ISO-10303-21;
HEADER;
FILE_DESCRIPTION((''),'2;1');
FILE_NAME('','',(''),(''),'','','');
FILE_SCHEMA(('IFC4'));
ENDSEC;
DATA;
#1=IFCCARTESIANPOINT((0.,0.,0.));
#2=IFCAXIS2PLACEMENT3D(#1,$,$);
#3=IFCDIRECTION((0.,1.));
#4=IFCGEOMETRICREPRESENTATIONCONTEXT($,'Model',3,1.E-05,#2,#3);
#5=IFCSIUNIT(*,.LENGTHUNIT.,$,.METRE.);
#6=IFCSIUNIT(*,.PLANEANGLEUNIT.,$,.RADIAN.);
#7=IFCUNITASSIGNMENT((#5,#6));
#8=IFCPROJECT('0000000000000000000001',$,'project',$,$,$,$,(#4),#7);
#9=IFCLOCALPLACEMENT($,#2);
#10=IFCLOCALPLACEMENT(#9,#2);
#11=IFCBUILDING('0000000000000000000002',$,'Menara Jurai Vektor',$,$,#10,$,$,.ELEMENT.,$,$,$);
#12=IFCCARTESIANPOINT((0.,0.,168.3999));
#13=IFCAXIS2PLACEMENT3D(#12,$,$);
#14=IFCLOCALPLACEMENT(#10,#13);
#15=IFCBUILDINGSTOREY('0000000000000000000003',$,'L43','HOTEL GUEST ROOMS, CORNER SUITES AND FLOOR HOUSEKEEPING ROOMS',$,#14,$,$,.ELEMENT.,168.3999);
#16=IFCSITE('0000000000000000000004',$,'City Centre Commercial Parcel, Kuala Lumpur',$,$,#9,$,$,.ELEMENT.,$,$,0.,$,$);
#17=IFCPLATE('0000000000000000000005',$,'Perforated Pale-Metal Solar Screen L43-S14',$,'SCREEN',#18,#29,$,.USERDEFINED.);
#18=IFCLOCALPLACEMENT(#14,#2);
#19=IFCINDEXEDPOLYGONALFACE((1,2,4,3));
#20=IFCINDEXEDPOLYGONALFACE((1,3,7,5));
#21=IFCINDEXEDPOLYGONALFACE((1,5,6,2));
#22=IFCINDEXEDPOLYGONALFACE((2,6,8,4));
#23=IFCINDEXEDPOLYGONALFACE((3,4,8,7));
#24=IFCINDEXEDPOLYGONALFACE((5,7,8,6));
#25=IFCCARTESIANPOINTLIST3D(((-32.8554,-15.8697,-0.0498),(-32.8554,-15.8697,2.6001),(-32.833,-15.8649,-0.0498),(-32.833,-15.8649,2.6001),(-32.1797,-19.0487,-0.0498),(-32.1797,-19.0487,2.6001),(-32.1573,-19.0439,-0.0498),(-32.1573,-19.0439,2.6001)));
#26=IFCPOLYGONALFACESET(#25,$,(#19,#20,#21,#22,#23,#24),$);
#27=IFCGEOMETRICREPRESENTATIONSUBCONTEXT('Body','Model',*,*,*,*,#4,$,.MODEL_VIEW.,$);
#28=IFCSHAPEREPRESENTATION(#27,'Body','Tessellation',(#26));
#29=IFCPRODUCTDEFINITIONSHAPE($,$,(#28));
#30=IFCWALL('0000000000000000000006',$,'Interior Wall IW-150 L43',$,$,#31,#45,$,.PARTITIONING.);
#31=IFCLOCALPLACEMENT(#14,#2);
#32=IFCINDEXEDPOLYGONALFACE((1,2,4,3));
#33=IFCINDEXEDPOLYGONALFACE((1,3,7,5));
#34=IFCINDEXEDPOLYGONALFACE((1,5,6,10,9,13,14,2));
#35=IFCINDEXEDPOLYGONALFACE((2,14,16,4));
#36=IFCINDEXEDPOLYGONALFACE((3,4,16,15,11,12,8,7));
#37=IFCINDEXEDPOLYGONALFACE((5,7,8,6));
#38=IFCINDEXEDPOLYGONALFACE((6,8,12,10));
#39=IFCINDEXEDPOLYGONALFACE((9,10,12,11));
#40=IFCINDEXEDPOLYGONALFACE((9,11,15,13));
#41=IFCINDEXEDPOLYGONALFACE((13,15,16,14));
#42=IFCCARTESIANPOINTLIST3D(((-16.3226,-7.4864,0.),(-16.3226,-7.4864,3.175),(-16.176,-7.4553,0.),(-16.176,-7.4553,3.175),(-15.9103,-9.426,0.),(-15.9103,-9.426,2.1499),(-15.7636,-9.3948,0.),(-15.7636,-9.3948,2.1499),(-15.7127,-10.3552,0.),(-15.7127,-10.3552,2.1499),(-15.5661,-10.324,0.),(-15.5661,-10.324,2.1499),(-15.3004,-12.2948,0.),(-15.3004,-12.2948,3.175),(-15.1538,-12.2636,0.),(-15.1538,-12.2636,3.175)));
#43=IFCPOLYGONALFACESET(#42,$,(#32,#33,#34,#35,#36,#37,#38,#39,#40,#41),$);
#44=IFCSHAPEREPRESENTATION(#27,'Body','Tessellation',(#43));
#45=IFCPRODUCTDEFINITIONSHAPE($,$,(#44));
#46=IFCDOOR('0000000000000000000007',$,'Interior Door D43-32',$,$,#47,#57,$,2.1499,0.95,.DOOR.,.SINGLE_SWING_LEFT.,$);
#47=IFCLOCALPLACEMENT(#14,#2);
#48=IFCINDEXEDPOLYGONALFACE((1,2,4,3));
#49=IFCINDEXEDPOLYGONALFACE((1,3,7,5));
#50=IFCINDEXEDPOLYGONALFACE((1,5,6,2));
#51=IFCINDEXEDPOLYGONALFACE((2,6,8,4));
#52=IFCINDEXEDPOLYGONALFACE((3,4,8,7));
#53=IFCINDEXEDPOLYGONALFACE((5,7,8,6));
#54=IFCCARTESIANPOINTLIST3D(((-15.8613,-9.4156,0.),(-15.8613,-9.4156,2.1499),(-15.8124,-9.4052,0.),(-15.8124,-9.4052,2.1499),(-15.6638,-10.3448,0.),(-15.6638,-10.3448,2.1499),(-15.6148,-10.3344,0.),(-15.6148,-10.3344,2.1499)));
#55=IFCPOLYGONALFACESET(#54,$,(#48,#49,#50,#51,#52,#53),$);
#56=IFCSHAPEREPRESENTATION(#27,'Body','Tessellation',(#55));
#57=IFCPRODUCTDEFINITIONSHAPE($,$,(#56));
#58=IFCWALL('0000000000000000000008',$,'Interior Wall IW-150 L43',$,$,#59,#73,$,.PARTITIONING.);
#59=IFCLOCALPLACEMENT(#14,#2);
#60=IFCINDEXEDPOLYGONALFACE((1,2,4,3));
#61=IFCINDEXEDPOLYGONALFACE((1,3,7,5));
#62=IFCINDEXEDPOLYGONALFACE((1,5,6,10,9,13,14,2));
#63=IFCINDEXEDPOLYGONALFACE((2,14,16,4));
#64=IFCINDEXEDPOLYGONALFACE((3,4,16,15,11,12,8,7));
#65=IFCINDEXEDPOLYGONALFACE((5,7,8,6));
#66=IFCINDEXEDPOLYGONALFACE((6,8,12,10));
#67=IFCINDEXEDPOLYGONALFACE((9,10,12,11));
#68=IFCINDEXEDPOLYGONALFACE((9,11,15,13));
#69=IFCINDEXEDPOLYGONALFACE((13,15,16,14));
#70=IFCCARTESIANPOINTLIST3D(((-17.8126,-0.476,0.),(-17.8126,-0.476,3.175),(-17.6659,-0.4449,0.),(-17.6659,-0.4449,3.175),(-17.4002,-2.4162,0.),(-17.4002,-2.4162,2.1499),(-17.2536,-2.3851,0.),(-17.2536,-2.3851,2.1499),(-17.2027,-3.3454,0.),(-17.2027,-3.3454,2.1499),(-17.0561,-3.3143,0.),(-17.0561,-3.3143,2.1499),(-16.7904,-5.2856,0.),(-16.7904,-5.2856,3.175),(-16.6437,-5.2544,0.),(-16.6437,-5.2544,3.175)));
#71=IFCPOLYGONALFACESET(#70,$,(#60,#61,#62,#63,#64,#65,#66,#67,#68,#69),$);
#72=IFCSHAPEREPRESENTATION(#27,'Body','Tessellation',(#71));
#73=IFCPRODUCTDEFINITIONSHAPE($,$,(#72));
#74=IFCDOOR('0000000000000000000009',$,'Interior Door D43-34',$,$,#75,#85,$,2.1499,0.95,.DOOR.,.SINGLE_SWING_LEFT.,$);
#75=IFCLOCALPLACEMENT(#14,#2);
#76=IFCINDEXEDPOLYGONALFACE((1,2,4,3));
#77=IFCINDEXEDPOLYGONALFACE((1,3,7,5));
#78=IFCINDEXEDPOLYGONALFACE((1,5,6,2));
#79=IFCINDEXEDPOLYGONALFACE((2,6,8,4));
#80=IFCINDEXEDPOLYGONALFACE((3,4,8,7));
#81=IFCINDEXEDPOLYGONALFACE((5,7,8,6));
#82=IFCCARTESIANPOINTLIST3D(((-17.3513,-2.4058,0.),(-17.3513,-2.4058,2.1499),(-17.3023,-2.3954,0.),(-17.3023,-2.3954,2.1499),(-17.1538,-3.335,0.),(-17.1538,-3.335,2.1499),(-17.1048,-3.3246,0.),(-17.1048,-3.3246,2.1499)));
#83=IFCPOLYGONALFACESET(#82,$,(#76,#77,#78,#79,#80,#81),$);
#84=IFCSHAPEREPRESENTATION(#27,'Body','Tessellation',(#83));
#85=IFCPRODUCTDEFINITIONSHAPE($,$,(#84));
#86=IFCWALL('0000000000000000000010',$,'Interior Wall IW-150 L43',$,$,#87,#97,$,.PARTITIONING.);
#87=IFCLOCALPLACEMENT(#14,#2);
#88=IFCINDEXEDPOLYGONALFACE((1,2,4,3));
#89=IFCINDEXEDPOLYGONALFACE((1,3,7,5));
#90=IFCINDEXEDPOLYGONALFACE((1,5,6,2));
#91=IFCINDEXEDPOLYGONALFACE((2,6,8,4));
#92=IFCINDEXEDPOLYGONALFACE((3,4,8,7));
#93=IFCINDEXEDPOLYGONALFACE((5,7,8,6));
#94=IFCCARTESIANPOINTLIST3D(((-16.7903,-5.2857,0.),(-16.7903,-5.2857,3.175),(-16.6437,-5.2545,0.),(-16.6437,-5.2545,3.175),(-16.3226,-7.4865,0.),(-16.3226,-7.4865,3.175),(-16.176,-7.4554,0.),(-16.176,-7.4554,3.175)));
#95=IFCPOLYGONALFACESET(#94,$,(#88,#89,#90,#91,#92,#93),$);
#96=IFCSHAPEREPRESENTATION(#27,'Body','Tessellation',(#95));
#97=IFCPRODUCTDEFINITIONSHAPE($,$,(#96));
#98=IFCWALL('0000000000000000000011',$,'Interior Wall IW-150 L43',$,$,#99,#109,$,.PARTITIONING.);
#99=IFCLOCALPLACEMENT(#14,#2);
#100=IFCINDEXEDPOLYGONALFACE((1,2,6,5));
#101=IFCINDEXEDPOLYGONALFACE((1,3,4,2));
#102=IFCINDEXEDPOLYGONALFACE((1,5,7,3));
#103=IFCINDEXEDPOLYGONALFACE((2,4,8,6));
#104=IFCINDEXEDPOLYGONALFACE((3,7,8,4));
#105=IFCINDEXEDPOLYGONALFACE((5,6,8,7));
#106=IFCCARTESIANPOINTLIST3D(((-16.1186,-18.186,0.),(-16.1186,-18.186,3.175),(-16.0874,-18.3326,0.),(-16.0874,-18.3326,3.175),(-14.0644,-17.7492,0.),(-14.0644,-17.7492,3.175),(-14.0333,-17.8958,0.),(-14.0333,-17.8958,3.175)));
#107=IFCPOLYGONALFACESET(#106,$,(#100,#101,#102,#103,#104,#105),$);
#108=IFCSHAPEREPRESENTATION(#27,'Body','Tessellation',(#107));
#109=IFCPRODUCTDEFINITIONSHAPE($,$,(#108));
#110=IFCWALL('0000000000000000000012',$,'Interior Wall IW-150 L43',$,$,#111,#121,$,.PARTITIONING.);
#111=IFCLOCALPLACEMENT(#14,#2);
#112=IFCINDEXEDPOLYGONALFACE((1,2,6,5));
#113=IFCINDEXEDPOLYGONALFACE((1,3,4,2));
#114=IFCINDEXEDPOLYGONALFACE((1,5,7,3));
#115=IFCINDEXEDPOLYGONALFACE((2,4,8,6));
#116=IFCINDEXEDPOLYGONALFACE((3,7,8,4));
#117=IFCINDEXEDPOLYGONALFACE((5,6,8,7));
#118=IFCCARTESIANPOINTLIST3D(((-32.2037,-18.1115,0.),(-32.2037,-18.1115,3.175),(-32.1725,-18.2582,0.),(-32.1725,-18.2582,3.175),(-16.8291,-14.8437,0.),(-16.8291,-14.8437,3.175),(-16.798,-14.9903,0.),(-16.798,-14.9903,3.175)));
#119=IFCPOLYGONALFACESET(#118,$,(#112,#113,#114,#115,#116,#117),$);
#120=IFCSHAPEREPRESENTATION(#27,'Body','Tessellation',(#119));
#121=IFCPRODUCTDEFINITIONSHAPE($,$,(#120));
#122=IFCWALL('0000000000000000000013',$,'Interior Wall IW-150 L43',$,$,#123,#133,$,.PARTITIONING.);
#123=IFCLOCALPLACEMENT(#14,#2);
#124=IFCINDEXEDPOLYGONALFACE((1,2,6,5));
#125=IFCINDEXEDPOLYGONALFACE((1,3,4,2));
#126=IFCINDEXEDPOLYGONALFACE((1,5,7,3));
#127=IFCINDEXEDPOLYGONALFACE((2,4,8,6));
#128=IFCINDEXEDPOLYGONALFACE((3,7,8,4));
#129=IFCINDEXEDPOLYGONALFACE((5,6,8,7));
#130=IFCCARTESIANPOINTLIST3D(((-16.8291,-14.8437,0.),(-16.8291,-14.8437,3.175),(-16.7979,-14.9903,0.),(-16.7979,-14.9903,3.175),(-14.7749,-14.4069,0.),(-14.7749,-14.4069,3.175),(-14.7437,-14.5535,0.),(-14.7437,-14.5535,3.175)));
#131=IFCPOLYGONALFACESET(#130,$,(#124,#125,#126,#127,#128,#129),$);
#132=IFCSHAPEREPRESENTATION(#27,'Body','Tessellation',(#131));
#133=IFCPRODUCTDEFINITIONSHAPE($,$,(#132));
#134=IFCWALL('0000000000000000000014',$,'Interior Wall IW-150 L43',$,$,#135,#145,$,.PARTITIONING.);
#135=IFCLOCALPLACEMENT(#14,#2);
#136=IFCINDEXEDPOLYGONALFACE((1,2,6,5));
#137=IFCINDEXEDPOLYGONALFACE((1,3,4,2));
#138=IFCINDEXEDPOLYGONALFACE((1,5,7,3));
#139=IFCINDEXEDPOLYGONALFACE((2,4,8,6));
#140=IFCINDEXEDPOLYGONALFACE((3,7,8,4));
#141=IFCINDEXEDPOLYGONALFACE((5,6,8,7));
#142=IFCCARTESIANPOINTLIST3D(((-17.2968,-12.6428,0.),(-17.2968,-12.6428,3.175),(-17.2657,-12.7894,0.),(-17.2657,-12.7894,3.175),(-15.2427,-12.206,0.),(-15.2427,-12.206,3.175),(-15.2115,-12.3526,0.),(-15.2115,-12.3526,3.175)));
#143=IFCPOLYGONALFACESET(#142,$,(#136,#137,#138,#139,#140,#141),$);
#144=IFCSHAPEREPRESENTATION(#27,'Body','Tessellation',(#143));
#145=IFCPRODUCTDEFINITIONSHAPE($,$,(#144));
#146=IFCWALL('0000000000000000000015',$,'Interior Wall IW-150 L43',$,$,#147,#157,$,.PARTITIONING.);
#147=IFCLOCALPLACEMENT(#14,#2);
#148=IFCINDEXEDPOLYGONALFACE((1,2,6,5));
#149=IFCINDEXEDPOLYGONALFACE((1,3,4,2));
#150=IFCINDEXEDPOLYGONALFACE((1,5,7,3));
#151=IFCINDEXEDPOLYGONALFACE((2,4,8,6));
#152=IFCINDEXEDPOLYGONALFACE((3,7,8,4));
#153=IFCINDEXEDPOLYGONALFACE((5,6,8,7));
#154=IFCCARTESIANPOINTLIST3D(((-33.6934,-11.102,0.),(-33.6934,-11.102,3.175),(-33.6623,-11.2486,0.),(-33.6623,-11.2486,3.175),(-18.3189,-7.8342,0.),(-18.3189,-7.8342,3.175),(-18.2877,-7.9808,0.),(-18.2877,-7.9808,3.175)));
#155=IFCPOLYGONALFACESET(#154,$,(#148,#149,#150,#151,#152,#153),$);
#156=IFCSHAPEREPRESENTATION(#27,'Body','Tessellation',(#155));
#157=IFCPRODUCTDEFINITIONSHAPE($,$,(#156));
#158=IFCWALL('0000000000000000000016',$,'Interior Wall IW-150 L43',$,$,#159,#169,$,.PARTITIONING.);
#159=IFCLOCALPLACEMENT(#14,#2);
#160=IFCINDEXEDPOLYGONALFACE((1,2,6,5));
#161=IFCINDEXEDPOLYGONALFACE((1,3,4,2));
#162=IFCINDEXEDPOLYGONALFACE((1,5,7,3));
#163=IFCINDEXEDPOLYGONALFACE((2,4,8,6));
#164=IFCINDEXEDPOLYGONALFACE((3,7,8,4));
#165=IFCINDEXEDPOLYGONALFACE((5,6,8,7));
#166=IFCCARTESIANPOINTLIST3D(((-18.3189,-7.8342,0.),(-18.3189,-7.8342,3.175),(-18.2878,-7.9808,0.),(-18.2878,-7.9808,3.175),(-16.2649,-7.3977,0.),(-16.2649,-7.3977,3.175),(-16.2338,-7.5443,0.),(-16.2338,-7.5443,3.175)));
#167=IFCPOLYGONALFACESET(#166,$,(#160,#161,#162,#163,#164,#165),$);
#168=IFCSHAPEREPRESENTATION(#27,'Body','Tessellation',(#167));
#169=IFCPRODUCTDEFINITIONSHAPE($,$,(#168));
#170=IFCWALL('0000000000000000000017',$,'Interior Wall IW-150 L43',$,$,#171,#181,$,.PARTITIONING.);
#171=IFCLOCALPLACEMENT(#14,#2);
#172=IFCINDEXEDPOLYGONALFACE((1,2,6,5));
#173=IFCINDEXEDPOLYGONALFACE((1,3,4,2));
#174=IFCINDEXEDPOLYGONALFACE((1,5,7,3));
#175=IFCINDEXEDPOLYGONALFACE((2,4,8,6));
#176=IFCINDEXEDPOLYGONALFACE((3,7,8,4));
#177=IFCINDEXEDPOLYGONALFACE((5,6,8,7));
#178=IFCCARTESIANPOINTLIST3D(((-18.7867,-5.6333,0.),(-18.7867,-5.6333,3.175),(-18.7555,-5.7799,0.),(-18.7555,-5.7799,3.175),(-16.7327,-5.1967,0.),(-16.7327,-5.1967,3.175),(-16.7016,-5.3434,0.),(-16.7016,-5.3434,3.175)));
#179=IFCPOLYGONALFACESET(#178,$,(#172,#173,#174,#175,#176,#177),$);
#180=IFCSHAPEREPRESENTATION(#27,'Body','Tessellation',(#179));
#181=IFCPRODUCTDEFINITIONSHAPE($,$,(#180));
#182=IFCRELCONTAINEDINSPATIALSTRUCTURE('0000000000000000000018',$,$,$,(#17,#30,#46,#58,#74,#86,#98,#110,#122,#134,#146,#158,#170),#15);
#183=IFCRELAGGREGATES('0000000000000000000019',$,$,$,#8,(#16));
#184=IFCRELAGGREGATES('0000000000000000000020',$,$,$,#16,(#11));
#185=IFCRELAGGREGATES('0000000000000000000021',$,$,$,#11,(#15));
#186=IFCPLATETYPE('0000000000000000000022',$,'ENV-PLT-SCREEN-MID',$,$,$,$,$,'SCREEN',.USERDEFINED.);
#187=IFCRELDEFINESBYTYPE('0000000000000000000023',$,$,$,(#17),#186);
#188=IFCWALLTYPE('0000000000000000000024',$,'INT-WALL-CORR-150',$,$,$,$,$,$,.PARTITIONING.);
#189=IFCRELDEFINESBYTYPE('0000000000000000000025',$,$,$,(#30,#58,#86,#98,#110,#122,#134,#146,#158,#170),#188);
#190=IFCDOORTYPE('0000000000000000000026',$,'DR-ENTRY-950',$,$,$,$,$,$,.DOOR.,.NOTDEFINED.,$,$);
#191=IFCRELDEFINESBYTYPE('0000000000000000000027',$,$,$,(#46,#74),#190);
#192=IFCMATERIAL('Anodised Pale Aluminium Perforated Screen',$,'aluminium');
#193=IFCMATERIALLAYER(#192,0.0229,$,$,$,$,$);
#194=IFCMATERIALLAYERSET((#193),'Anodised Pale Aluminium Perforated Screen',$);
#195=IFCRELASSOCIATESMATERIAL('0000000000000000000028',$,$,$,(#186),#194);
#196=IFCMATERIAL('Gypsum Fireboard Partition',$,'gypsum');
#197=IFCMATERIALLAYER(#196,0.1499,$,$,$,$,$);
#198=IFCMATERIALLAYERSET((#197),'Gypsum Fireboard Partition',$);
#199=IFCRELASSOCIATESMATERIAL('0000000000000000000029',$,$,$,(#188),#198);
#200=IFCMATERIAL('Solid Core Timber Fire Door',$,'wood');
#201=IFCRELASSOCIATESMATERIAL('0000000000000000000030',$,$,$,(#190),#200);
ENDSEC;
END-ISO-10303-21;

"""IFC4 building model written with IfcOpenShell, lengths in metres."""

from ifc_helpers import new_model, si_unit, direction, frame, frame_2d, origin, origin_2d, place, context, subcontext, project, spatial, rectangle, extrude, material, layer, layer_set, type_object, element, fill, save


model = new_model("IFC4")

# Units and contexts
model_context = context("Model", 3, precision=1e-05, world=origin(), true_north=direction((0.0, 1.0)))
body_context = subcontext(model_context, "Body", "Model", "MODEL_VIEW")
ifc_project = project(units=[si_unit("LENGTHUNIT", "METRE"), si_unit("PLANEANGLEUNIT", "RADIAN")], contexts=[model_context])

# Site, building, storey
site_placement = place(None, origin())
site = spatial("IfcSite", under=ifc_project, at=site_placement, Name="City Centre Commercial Parcel, Kuala Lumpur", CompositionType="ELEMENT", RefElevation=0.0)
building_placement = place(site_placement, origin())
building = spatial("IfcBuilding", under=site, at=building_placement, Name="Menara Jurai Vektor", CompositionType="ELEMENT")
storey_placement = place(building_placement, frame((0.0, 0.0, 168.3999)))
storey = spatial("IfcBuildingStorey", under=building, at=storey_placement, Name="L43", Description="HOTEL GUEST ROOMS, CORNER SUITES AND FLOOR HOUSEKEEPING ROOMS", CompositionType="ELEMENT", Elevation=168.3999)

# Plate
ifc_material_1 = material(Name="Anodised Pale Aluminium Perforated Screen", Category="aluminium")
ifc_layer_1 = layer(ifc_material_1, 0.0229)
ifc_layer_set_1 = layer_set([ifc_layer_1], Name="Anodised Pale Aluminium Perforated Screen")
plate_type_1 = type_object("IfcPlateType", Name="ENV-PLT-SCREEN-MID", ElementType="SCREEN", PredefinedType="USERDEFINED", material=ifc_layer_set_1)
for number, where, z_axis, x_axis, name in (
    (1, (-32.5063, -17.4568, -0.0498), (0.0, 0.0, 1.0), (0.207912, -0.978148, 0.0), "Perforated Pale-Metal Solar Screen L43-S14"),
):
    element("IfcPlate", number, at=place(storey_placement, frame(where, z_axis=z_axis, x_axis=x_axis)), inside=storey, type_object=plate_type_1, Name=name, ObjectType="SCREEN", PredefinedType="USERDEFINED", context=body_context, shape_type="SweptSolid", body=[
        extrude(rectangle(XDim=3.25, YDim=0.0229, at=origin_2d()), origin(), (0.0, 0.0, 1.0), 2.6499),
    ])

# Walls, openings, doors
ifc_material_2 = material(Name="Gypsum Fireboard Partition", Category="gypsum")
ifc_layer_2 = layer(ifc_material_2, 0.1499)
ifc_layer_set_2 = layer_set([ifc_layer_2], Name="Gypsum Fireboard Partition")
wall_type_1 = type_object("IfcWallType", Name="INT-WALL-CORR-150", PredefinedType="PARTITIONING", material=ifc_layer_set_2)
wall_1_placement = place(storey_placement, frame((-15.2271, -12.2793, 0.0), z_axis=(0.0, 0.0, 1.0), x_axis=(-0.207945, 0.978141, 0.0)))
wall_1 = element("IfcWall", 2, at=wall_1_placement, inside=storey, type_object=wall_type_1, Name="Interior Wall IW-150 L43", PredefinedType="PARTITIONING", context=body_context, shape_type="SweptSolid", body=[
    extrude(rectangle(XDim=4.9158, YDim=0.1499, at=frame_2d((2.458, 0.0))), origin(), (0.0, 0.0, 1.0), 3.175),
])
opening_1_placement = place(wall_1_placement, frame((1.9829, 0.0, 0.0)))
opening_1 = element("IfcOpeningElement", 3, at=opening_1_placement, cuts=wall_1, PredefinedType="OPENING", context=body_context, shape_type="SweptSolid", body=[
    extrude(rectangle(XDim=0.95, YDim=2.1499, at=frame_2d((0.4751, 1.075))), frame((0.0, 0.085, 0.0), z_axis=(0.0, -1.0, 0.0), x_axis=(1.0, 0.0, 0.0)), (0.0, 0.0, 1.0), 0.1699),
])
ifc_material_3 = material(Name="Solid Core Timber Fire Door", Category="wood")
door_type_1 = type_object("IfcDoorType", Name="DR-ENTRY-950", OperationType="NOTDEFINED", PredefinedType="DOOR", material=ifc_material_3)
door_1_placement = place(opening_1_placement, origin())
door_1 = element("IfcDoor", 4, at=door_1_placement, inside=storey, type_object=door_type_1, Name="Interior Door D43-32", OperationType="SINGLE_SWING_LEFT", OverallHeight=2.1499, OverallWidth=0.95, PredefinedType="DOOR", context=body_context, shape_type="SweptSolid", body=[
    extrude(rectangle(XDim=0.95, YDim=2.1499, at=frame_2d((0.4751, 1.075))), frame((0.0, 0.0249, 0.0), z_axis=(0.0, -1.0, 0.0), x_axis=(1.0, 0.0, 0.0)), (0.0, 0.0, 1.0), 0.05),
])
fill(opening_1, door_1)
wall_2_placement = place(storey_placement, frame((-16.717, -5.27, 0.0), z_axis=(0.0, 0.0, 1.0), x_axis=(-0.207894, 0.978151, 0.0)))
wall_2 = element("IfcWall", 5, at=wall_2_placement, inside=storey, type_object=wall_type_1, Name="Interior Wall IW-150 L43", PredefinedType="PARTITIONING", context=body_context, shape_type="SweptSolid", body=[
    extrude(rectangle(XDim=4.917, YDim=0.1499, at=frame_2d((2.4585, 0.0))), origin(), (0.0, 0.0, 1.0), 3.175),
])
opening_2_placement = place(wall_2_placement, frame((1.9834, 0.0, 0.0)))
opening_2 = element("IfcOpeningElement", 6, at=opening_2_placement, cuts=wall_2, PredefinedType="OPENING", context=body_context, shape_type="SweptSolid", body=[
    extrude(rectangle(XDim=0.95, YDim=2.1499, at=frame_2d((0.4751, 1.075))), frame((0.0, 0.085, 0.0), z_axis=(0.0, -1.0, 0.0), x_axis=(1.0, 0.0, 0.0)), (0.0, 0.0, 1.0), 0.1699),
])
door_2_placement = place(opening_2_placement, origin())
door_2 = element("IfcDoor", 7, at=door_2_placement, inside=storey, type_object=door_type_1, Name="Interior Door D43-34", OperationType="SINGLE_SWING_LEFT", OverallHeight=2.1499, OverallWidth=0.95, PredefinedType="DOOR", context=body_context, shape_type="SweptSolid", body=[
    extrude(rectangle(XDim=0.95, YDim=2.1499, at=frame_2d((0.4751, 1.075))), frame((0.0, 0.0249, 0.0), z_axis=(0.0, -1.0, 0.0), x_axis=(1.0, 0.0, 0.0)), (0.0, 0.0, 1.0), 0.05),
])
fill(opening_2, door_2)

# Walls
wall_3_placement = place(storey_placement, frame((-16.2493, -7.4709, 0.0), z_axis=(0.0, 0.0, 1.0), x_axis=(-0.207891, 0.978152, 0.0)))
element("IfcWall", 8, at=wall_3_placement, inside=storey, type_object=wall_type_1, Name="Interior Wall IW-150 L43", PredefinedType="PARTITIONING", context=body_context, shape_type="SweptSolid", body=[
    extrude(rectangle(XDim=2.25, YDim=0.1499, at=frame_2d((1.125, 0.0))), origin(), (0.0, 0.0, 1.0), 3.175),
])
wall_4_placement = place(storey_placement, frame((-16.103, -18.2593, 0.0), z_axis=(0.0, 0.0, 1.0), x_axis=(0.978135, 0.207973, 0.0)))
element("IfcWall", 9, at=wall_4_placement, inside=storey, type_object=wall_type_1, Name="Interior Wall IW-150 L43", PredefinedType="PARTITIONING", context=body_context, shape_type="SweptSolid", body=[
    extrude(rectangle(XDim=2.1001, YDim=0.1499, at=frame_2d((1.05, 0.0))), origin(), (0.0, 0.0, 1.0), 3.175),
])
wall_5_placement = place(storey_placement, frame((-32.188, -18.1848, 0.0), z_axis=(0.0, 0.0, 1.0), x_axis=(0.978149, 0.207904, 0.0)))
element("IfcWall", 10, at=wall_5_placement, inside=storey, type_object=wall_type_1, Name="Interior Wall IW-150 L43", PredefinedType="PARTITIONING", context=body_context, shape_type="SweptSolid", body=[
    extrude(rectangle(XDim=15.718, YDim=0.1499, at=frame_2d((7.8589, 0.0))), origin(), (0.0, 0.0, 1.0), 3.175),
])
wall_6_placement = place(storey_placement, frame((-16.8135, -14.917, 0.0), z_axis=(0.0, 0.0, 1.0), x_axis=(0.978135, 0.207973, 0.0)))
element("IfcWall", 11, at=wall_6_placement, inside=storey, type_object=wall_type_1, Name="Interior Wall IW-150 L43", PredefinedType="PARTITIONING", context=body_context, shape_type="SweptSolid", body=[
    extrude(rectangle(XDim=2.1001, YDim=0.1499, at=frame_2d((1.05, 0.0))), origin(), (0.0, 0.0, 1.0), 3.175),
])

# Walls
wall_7_placement = place(storey_placement, frame((-17.2812, -12.7161, 0.0), z_axis=(0.0, 0.0, 1.0), x_axis=(0.978135, 0.207973, 0.0)))
element("IfcWall", 12, at=wall_7_placement, inside=storey, type_object=wall_type_1, Name="Interior Wall IW-150 L43", PredefinedType="PARTITIONING", context=body_context, shape_type="SweptSolid", body=[
    extrude(rectangle(XDim=2.1001, YDim=0.1499, at=frame_2d((1.05, 0.0))), origin(), (0.0, 0.0, 1.0), 3.175),
])
wall_8_placement = place(storey_placement, frame((-33.6777, -11.1753, 0.0), z_axis=(0.0, 0.0, 1.0), x_axis=(0.978149, 0.207904, 0.0)))
element("IfcWall", 13, at=wall_8_placement, inside=storey, type_object=wall_type_1, Name="Interior Wall IW-150 L43", PredefinedType="PARTITIONING", context=body_context, shape_type="SweptSolid", body=[
    extrude(rectangle(XDim=15.718, YDim=0.1499, at=frame_2d((7.8589, 0.0))), origin(), (0.0, 0.0, 1.0), 3.175),
])
wall_9_placement = place(storey_placement, frame((-18.3032, -7.9075, 0.0), z_axis=(0.0, 0.0, 1.0), x_axis=(0.978153, 0.207885, 0.0)))
element("IfcWall", 14, at=wall_9_placement, inside=storey, type_object=wall_type_1, Name="Interior Wall IW-150 L43", PredefinedType="PARTITIONING", context=body_context, shape_type="SweptSolid", body=[
    extrude(rectangle(XDim=2.0999, YDim=0.1499, at=frame_2d((1.0498, 0.0))), origin(), (0.0, 0.0, 1.0), 3.175),
])

# Wall
wall_10_placement = place(storey_placement, frame((-18.771, -5.7065, 0.0), z_axis=(0.0, 0.0, 1.0), x_axis=(0.978153, 0.207885, 0.0)))
element("IfcWall", 15, at=wall_10_placement, inside=storey, type_object=wall_type_1, Name="Interior Wall IW-150 L43", PredefinedType="PARTITIONING", context=body_context, shape_type="SweptSolid", body=[
    extrude(rectangle(XDim=2.0999, YDim=0.1499, at=frame_2d((1.0498, 0.0))), origin(), (0.0, 0.0, 1.0), 3.175),
])

save(model, "model.ifc")
